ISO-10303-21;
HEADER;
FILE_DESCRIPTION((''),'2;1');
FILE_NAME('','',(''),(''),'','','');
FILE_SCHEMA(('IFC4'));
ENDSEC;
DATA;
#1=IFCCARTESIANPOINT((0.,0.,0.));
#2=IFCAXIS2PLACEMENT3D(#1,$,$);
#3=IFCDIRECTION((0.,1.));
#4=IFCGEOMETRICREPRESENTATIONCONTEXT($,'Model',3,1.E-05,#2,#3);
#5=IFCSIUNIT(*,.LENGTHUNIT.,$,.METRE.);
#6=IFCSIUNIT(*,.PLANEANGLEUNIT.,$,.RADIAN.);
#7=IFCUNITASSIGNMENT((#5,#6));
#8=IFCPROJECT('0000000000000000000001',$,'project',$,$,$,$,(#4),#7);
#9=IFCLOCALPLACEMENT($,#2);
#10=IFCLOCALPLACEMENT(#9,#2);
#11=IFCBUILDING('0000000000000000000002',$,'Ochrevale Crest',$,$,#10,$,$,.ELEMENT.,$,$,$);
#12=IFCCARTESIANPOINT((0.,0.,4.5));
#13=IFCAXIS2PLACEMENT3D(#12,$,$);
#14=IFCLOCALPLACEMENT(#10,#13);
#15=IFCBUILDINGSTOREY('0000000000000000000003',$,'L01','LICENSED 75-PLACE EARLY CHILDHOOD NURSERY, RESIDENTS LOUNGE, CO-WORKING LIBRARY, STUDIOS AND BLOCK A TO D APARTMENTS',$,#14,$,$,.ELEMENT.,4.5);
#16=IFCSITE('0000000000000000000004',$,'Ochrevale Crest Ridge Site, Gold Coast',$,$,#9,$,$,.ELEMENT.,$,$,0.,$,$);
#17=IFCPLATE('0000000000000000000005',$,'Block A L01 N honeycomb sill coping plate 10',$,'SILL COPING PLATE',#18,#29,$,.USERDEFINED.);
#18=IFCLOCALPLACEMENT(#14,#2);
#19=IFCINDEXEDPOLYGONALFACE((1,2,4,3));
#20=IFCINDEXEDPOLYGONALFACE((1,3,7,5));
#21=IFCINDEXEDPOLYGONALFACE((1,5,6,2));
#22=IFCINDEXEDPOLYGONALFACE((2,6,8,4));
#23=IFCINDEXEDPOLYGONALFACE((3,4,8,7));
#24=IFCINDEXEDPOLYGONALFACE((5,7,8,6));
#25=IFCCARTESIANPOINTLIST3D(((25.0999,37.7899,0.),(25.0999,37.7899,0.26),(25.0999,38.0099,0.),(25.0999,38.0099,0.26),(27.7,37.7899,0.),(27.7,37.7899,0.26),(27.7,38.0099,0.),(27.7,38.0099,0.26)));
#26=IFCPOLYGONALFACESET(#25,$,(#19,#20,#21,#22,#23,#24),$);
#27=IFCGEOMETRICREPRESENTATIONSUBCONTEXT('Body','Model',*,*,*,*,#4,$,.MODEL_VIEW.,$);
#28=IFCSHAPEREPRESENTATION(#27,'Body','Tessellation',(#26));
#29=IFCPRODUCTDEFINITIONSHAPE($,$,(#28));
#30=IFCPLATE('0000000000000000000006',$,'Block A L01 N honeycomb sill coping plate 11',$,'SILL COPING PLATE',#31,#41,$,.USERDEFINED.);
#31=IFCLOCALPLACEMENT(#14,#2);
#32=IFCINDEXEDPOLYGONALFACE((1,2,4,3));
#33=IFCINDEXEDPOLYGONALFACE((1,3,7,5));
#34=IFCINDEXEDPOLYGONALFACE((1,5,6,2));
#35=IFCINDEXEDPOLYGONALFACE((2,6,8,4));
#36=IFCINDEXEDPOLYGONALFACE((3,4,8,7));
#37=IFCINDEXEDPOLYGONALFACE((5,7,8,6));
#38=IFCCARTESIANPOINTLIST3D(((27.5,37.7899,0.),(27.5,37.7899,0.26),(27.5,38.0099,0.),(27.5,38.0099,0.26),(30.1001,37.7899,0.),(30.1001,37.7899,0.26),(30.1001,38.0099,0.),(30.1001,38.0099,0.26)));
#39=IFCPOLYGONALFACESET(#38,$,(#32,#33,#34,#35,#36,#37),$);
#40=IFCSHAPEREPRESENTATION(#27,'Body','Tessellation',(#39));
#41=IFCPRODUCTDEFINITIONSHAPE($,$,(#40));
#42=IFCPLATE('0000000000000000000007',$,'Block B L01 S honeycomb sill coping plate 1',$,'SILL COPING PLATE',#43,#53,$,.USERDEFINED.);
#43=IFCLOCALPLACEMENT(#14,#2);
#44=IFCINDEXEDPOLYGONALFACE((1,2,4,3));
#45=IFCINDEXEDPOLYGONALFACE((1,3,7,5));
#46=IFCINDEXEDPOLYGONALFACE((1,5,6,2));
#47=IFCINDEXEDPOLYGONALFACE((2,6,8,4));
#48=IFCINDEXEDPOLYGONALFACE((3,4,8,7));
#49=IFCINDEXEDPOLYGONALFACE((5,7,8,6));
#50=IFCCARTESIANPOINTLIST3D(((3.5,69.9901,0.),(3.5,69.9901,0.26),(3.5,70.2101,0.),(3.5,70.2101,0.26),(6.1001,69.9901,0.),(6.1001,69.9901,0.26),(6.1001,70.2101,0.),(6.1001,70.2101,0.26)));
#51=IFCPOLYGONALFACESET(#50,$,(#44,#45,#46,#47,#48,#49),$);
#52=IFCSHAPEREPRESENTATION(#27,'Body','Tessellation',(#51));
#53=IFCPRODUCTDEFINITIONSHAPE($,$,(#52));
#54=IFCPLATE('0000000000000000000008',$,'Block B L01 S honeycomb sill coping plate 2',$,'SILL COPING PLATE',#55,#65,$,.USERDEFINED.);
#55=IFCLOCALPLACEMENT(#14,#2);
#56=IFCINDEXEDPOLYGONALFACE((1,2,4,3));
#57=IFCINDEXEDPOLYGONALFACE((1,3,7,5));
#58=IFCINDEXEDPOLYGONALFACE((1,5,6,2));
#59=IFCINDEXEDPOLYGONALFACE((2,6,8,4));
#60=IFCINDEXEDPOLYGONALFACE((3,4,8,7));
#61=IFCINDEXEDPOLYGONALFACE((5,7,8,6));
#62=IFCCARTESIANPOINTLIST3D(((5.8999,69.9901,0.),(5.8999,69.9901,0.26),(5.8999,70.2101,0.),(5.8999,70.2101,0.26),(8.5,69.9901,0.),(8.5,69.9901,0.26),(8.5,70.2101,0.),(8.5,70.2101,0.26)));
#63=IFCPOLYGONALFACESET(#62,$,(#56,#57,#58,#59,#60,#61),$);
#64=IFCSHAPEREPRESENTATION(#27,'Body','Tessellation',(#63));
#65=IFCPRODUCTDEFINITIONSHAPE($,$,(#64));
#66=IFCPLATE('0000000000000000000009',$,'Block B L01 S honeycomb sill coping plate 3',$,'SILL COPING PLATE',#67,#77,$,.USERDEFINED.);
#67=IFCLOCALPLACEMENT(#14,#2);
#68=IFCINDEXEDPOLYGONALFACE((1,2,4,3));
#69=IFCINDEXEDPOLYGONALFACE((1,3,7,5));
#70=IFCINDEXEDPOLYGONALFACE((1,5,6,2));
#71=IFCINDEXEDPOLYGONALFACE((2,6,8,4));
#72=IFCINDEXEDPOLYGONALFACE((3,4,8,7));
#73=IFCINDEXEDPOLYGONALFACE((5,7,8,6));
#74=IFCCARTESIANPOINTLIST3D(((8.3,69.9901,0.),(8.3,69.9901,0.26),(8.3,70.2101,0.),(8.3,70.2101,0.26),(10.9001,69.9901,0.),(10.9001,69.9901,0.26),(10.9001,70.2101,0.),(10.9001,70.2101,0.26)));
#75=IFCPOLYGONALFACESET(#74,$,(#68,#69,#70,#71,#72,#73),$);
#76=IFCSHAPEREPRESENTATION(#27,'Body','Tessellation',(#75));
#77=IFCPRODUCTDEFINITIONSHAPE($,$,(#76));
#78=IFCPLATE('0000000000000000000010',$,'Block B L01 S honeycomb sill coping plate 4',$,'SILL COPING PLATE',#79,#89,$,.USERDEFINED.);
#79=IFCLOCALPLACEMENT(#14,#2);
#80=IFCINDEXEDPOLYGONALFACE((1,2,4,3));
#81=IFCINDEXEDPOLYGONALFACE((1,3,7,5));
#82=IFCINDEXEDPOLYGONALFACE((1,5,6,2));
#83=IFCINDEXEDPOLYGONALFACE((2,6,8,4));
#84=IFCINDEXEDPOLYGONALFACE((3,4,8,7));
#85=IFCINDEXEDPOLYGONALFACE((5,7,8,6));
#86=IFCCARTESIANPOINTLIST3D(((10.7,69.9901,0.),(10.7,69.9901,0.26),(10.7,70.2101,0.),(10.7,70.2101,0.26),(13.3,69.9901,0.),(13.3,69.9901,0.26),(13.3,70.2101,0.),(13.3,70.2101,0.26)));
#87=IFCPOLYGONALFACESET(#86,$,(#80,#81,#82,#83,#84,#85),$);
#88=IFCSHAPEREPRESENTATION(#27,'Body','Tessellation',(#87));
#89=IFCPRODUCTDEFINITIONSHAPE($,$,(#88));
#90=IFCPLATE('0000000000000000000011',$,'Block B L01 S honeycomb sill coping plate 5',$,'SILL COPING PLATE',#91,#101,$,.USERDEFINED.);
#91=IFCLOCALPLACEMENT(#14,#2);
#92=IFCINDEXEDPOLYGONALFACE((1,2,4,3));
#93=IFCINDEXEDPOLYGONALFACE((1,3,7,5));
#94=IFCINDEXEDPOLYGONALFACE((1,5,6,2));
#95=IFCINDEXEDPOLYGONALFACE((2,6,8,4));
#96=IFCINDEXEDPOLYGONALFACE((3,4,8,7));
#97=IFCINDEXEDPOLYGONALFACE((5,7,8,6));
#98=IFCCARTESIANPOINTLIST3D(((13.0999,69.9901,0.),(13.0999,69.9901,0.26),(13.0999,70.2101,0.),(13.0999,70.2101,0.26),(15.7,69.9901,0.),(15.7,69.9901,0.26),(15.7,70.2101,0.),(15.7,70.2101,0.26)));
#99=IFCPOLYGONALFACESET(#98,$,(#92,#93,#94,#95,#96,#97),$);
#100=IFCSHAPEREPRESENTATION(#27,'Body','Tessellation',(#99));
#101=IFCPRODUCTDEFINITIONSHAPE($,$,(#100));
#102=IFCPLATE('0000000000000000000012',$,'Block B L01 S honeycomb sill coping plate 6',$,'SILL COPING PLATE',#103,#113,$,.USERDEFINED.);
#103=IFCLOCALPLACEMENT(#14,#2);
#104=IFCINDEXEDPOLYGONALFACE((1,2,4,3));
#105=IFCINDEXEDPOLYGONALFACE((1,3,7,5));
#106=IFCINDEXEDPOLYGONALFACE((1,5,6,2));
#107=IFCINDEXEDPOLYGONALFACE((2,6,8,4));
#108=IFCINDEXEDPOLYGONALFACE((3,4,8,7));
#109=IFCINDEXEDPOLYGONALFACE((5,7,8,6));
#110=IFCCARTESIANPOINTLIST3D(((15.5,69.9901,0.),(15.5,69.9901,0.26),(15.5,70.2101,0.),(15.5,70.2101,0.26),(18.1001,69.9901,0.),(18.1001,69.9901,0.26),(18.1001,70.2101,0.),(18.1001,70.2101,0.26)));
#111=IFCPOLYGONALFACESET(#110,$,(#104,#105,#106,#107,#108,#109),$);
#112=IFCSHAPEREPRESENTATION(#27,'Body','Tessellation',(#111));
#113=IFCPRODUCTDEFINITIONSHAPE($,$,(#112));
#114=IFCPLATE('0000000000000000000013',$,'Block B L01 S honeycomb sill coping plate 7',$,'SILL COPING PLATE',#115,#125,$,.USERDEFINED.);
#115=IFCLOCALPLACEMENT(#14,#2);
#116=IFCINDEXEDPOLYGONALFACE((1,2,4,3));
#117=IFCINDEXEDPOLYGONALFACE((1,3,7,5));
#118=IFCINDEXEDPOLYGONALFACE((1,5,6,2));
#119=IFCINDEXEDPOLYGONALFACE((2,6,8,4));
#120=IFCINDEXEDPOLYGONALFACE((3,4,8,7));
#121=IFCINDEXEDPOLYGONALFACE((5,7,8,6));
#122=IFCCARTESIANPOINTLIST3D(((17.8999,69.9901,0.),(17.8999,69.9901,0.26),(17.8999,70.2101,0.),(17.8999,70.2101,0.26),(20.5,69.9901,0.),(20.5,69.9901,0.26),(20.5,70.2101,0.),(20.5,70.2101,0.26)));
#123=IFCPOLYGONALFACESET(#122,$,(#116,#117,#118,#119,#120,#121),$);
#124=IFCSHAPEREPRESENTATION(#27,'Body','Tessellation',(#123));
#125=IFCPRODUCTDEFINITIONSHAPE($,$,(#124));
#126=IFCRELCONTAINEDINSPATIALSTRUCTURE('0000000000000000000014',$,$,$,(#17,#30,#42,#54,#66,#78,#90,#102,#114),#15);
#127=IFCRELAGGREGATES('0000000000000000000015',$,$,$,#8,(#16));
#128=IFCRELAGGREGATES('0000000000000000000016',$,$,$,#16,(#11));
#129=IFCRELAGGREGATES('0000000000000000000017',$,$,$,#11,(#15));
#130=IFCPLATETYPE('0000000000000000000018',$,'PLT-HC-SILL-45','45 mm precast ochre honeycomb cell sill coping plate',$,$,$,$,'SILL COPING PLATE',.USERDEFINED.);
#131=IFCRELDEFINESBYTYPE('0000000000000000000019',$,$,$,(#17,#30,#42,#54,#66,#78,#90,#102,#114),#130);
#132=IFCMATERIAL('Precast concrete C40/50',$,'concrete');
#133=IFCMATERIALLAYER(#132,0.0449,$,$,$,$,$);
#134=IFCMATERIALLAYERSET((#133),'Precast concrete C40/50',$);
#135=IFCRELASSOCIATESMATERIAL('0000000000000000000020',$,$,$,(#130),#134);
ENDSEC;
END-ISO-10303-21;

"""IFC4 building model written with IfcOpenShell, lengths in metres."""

from ifc_helpers import new_model, si_unit, direction, frame, origin, origin_2d, place, context, subcontext, project, spatial, rectangle, extrude, material, layer, layer_set, type_object, element, save


model = new_model("IFC4")

# Units and contexts
model_context = context("Model", 3, precision=1e-05, world=origin(), true_north=direction((0.0, 1.0)))
body_context = subcontext(model_context, "Body", "Model", "MODEL_VIEW")
ifc_project = project(units=[si_unit("LENGTHUNIT", "METRE"), si_unit("PLANEANGLEUNIT", "RADIAN")], contexts=[model_context])

# Site, building, storey
site_placement = place(None, origin())
site = spatial("IfcSite", under=ifc_project, at=site_placement, Name="Ochrevale Crest Ridge Site, Gold Coast", CompositionType="ELEMENT", RefElevation=0.0)
building_placement = place(site_placement, origin())
building = spatial("IfcBuilding", under=site, at=building_placement, Name="Ochrevale Crest", CompositionType="ELEMENT")
storey_placement = place(building_placement, frame((0.0, 0.0, 4.5)))
storey = spatial("IfcBuildingStorey", under=building, at=storey_placement, Name="L01", Description="LICENSED 75-PLACE EARLY CHILDHOOD NURSERY, RESIDENTS LOUNGE, CO-WORKING LIBRARY, STUDIOS AND BLOCK A TO D APARTMENTS", CompositionType="ELEMENT", Elevation=4.5)

# Plates
ifc_material_1 = material(Name="Precast concrete C40/50", Category="concrete")
ifc_layer_1 = layer(ifc_material_1, 0.0449)
ifc_layer_set_1 = layer_set([ifc_layer_1], Name="Precast concrete C40/50")
plate_type_1 = type_object("IfcPlateType", Name="PLT-HC-SILL-45", Description="45 mm precast ochre honeycomb cell sill coping plate", ElementType="SILL COPING PLATE", PredefinedType="USERDEFINED", material=ifc_layer_set_1)
for number, where, z_axis, x_axis, name in (
    (1, (26.3999, 37.8999, 0.0), (0.0, 0.0, 1.0), (1.0, 0.0, 0.0), "Block A L01 N honeycomb sill coping plate 10"),
    (2, (28.8, 37.8999, 0.0), (0.0, 0.0, 1.0), (1.0, 0.0, 0.0), "Block A L01 N honeycomb sill coping plate 11"),
    (3, (4.8, 70.1001, 0.0), (0.0, 0.0, 1.0), (1.0, 0.0, 0.0), "Block B L01 S honeycomb sill coping plate 1"),
    (4, (7.2, 70.1001, 0.0), (0.0, 0.0, 1.0), (1.0, 0.0, 0.0), "Block B L01 S honeycomb sill coping plate 2"),
    (5, (9.6001, 70.1001, 0.0), (0.0, 0.0, 1.0), (1.0, 0.0, 0.0), "Block B L01 S honeycomb sill coping plate 3"),
    (6, (12.0, 70.1001, 0.0), (0.0, 0.0, 1.0), (1.0, 0.0, 0.0), "Block B L01 S honeycomb sill coping plate 4"),
    (7, (14.3999, 70.1001, 0.0), (0.0, 0.0, 1.0), (1.0, 0.0, 0.0), "Block B L01 S honeycomb sill coping plate 5"),
    (8, (16.8, 70.1001, 0.0), (0.0, 0.0, 1.0), (1.0, 0.0, 0.0), "Block B L01 S honeycomb sill coping plate 6"),
    (9, (19.2, 70.1001, 0.0), (0.0, 0.0, 1.0), (1.0, 0.0, 0.0), "Block B L01 S honeycomb sill coping plate 7"),
):
    element("IfcPlate", number, at=place(storey_placement, frame(where, z_axis=z_axis, x_axis=x_axis)), inside=storey, type_object=plate_type_1, Name=name, ObjectType="SILL COPING PLATE", PredefinedType="USERDEFINED", context=body_context, shape_type="SweptSolid", body=[
        extrude(rectangle(XDim=2.6001, YDim=0.22, at=origin_2d()), origin(), (0.0, 0.0, 1.0), 0.26),
    ])

save(model, "model.ifc")
